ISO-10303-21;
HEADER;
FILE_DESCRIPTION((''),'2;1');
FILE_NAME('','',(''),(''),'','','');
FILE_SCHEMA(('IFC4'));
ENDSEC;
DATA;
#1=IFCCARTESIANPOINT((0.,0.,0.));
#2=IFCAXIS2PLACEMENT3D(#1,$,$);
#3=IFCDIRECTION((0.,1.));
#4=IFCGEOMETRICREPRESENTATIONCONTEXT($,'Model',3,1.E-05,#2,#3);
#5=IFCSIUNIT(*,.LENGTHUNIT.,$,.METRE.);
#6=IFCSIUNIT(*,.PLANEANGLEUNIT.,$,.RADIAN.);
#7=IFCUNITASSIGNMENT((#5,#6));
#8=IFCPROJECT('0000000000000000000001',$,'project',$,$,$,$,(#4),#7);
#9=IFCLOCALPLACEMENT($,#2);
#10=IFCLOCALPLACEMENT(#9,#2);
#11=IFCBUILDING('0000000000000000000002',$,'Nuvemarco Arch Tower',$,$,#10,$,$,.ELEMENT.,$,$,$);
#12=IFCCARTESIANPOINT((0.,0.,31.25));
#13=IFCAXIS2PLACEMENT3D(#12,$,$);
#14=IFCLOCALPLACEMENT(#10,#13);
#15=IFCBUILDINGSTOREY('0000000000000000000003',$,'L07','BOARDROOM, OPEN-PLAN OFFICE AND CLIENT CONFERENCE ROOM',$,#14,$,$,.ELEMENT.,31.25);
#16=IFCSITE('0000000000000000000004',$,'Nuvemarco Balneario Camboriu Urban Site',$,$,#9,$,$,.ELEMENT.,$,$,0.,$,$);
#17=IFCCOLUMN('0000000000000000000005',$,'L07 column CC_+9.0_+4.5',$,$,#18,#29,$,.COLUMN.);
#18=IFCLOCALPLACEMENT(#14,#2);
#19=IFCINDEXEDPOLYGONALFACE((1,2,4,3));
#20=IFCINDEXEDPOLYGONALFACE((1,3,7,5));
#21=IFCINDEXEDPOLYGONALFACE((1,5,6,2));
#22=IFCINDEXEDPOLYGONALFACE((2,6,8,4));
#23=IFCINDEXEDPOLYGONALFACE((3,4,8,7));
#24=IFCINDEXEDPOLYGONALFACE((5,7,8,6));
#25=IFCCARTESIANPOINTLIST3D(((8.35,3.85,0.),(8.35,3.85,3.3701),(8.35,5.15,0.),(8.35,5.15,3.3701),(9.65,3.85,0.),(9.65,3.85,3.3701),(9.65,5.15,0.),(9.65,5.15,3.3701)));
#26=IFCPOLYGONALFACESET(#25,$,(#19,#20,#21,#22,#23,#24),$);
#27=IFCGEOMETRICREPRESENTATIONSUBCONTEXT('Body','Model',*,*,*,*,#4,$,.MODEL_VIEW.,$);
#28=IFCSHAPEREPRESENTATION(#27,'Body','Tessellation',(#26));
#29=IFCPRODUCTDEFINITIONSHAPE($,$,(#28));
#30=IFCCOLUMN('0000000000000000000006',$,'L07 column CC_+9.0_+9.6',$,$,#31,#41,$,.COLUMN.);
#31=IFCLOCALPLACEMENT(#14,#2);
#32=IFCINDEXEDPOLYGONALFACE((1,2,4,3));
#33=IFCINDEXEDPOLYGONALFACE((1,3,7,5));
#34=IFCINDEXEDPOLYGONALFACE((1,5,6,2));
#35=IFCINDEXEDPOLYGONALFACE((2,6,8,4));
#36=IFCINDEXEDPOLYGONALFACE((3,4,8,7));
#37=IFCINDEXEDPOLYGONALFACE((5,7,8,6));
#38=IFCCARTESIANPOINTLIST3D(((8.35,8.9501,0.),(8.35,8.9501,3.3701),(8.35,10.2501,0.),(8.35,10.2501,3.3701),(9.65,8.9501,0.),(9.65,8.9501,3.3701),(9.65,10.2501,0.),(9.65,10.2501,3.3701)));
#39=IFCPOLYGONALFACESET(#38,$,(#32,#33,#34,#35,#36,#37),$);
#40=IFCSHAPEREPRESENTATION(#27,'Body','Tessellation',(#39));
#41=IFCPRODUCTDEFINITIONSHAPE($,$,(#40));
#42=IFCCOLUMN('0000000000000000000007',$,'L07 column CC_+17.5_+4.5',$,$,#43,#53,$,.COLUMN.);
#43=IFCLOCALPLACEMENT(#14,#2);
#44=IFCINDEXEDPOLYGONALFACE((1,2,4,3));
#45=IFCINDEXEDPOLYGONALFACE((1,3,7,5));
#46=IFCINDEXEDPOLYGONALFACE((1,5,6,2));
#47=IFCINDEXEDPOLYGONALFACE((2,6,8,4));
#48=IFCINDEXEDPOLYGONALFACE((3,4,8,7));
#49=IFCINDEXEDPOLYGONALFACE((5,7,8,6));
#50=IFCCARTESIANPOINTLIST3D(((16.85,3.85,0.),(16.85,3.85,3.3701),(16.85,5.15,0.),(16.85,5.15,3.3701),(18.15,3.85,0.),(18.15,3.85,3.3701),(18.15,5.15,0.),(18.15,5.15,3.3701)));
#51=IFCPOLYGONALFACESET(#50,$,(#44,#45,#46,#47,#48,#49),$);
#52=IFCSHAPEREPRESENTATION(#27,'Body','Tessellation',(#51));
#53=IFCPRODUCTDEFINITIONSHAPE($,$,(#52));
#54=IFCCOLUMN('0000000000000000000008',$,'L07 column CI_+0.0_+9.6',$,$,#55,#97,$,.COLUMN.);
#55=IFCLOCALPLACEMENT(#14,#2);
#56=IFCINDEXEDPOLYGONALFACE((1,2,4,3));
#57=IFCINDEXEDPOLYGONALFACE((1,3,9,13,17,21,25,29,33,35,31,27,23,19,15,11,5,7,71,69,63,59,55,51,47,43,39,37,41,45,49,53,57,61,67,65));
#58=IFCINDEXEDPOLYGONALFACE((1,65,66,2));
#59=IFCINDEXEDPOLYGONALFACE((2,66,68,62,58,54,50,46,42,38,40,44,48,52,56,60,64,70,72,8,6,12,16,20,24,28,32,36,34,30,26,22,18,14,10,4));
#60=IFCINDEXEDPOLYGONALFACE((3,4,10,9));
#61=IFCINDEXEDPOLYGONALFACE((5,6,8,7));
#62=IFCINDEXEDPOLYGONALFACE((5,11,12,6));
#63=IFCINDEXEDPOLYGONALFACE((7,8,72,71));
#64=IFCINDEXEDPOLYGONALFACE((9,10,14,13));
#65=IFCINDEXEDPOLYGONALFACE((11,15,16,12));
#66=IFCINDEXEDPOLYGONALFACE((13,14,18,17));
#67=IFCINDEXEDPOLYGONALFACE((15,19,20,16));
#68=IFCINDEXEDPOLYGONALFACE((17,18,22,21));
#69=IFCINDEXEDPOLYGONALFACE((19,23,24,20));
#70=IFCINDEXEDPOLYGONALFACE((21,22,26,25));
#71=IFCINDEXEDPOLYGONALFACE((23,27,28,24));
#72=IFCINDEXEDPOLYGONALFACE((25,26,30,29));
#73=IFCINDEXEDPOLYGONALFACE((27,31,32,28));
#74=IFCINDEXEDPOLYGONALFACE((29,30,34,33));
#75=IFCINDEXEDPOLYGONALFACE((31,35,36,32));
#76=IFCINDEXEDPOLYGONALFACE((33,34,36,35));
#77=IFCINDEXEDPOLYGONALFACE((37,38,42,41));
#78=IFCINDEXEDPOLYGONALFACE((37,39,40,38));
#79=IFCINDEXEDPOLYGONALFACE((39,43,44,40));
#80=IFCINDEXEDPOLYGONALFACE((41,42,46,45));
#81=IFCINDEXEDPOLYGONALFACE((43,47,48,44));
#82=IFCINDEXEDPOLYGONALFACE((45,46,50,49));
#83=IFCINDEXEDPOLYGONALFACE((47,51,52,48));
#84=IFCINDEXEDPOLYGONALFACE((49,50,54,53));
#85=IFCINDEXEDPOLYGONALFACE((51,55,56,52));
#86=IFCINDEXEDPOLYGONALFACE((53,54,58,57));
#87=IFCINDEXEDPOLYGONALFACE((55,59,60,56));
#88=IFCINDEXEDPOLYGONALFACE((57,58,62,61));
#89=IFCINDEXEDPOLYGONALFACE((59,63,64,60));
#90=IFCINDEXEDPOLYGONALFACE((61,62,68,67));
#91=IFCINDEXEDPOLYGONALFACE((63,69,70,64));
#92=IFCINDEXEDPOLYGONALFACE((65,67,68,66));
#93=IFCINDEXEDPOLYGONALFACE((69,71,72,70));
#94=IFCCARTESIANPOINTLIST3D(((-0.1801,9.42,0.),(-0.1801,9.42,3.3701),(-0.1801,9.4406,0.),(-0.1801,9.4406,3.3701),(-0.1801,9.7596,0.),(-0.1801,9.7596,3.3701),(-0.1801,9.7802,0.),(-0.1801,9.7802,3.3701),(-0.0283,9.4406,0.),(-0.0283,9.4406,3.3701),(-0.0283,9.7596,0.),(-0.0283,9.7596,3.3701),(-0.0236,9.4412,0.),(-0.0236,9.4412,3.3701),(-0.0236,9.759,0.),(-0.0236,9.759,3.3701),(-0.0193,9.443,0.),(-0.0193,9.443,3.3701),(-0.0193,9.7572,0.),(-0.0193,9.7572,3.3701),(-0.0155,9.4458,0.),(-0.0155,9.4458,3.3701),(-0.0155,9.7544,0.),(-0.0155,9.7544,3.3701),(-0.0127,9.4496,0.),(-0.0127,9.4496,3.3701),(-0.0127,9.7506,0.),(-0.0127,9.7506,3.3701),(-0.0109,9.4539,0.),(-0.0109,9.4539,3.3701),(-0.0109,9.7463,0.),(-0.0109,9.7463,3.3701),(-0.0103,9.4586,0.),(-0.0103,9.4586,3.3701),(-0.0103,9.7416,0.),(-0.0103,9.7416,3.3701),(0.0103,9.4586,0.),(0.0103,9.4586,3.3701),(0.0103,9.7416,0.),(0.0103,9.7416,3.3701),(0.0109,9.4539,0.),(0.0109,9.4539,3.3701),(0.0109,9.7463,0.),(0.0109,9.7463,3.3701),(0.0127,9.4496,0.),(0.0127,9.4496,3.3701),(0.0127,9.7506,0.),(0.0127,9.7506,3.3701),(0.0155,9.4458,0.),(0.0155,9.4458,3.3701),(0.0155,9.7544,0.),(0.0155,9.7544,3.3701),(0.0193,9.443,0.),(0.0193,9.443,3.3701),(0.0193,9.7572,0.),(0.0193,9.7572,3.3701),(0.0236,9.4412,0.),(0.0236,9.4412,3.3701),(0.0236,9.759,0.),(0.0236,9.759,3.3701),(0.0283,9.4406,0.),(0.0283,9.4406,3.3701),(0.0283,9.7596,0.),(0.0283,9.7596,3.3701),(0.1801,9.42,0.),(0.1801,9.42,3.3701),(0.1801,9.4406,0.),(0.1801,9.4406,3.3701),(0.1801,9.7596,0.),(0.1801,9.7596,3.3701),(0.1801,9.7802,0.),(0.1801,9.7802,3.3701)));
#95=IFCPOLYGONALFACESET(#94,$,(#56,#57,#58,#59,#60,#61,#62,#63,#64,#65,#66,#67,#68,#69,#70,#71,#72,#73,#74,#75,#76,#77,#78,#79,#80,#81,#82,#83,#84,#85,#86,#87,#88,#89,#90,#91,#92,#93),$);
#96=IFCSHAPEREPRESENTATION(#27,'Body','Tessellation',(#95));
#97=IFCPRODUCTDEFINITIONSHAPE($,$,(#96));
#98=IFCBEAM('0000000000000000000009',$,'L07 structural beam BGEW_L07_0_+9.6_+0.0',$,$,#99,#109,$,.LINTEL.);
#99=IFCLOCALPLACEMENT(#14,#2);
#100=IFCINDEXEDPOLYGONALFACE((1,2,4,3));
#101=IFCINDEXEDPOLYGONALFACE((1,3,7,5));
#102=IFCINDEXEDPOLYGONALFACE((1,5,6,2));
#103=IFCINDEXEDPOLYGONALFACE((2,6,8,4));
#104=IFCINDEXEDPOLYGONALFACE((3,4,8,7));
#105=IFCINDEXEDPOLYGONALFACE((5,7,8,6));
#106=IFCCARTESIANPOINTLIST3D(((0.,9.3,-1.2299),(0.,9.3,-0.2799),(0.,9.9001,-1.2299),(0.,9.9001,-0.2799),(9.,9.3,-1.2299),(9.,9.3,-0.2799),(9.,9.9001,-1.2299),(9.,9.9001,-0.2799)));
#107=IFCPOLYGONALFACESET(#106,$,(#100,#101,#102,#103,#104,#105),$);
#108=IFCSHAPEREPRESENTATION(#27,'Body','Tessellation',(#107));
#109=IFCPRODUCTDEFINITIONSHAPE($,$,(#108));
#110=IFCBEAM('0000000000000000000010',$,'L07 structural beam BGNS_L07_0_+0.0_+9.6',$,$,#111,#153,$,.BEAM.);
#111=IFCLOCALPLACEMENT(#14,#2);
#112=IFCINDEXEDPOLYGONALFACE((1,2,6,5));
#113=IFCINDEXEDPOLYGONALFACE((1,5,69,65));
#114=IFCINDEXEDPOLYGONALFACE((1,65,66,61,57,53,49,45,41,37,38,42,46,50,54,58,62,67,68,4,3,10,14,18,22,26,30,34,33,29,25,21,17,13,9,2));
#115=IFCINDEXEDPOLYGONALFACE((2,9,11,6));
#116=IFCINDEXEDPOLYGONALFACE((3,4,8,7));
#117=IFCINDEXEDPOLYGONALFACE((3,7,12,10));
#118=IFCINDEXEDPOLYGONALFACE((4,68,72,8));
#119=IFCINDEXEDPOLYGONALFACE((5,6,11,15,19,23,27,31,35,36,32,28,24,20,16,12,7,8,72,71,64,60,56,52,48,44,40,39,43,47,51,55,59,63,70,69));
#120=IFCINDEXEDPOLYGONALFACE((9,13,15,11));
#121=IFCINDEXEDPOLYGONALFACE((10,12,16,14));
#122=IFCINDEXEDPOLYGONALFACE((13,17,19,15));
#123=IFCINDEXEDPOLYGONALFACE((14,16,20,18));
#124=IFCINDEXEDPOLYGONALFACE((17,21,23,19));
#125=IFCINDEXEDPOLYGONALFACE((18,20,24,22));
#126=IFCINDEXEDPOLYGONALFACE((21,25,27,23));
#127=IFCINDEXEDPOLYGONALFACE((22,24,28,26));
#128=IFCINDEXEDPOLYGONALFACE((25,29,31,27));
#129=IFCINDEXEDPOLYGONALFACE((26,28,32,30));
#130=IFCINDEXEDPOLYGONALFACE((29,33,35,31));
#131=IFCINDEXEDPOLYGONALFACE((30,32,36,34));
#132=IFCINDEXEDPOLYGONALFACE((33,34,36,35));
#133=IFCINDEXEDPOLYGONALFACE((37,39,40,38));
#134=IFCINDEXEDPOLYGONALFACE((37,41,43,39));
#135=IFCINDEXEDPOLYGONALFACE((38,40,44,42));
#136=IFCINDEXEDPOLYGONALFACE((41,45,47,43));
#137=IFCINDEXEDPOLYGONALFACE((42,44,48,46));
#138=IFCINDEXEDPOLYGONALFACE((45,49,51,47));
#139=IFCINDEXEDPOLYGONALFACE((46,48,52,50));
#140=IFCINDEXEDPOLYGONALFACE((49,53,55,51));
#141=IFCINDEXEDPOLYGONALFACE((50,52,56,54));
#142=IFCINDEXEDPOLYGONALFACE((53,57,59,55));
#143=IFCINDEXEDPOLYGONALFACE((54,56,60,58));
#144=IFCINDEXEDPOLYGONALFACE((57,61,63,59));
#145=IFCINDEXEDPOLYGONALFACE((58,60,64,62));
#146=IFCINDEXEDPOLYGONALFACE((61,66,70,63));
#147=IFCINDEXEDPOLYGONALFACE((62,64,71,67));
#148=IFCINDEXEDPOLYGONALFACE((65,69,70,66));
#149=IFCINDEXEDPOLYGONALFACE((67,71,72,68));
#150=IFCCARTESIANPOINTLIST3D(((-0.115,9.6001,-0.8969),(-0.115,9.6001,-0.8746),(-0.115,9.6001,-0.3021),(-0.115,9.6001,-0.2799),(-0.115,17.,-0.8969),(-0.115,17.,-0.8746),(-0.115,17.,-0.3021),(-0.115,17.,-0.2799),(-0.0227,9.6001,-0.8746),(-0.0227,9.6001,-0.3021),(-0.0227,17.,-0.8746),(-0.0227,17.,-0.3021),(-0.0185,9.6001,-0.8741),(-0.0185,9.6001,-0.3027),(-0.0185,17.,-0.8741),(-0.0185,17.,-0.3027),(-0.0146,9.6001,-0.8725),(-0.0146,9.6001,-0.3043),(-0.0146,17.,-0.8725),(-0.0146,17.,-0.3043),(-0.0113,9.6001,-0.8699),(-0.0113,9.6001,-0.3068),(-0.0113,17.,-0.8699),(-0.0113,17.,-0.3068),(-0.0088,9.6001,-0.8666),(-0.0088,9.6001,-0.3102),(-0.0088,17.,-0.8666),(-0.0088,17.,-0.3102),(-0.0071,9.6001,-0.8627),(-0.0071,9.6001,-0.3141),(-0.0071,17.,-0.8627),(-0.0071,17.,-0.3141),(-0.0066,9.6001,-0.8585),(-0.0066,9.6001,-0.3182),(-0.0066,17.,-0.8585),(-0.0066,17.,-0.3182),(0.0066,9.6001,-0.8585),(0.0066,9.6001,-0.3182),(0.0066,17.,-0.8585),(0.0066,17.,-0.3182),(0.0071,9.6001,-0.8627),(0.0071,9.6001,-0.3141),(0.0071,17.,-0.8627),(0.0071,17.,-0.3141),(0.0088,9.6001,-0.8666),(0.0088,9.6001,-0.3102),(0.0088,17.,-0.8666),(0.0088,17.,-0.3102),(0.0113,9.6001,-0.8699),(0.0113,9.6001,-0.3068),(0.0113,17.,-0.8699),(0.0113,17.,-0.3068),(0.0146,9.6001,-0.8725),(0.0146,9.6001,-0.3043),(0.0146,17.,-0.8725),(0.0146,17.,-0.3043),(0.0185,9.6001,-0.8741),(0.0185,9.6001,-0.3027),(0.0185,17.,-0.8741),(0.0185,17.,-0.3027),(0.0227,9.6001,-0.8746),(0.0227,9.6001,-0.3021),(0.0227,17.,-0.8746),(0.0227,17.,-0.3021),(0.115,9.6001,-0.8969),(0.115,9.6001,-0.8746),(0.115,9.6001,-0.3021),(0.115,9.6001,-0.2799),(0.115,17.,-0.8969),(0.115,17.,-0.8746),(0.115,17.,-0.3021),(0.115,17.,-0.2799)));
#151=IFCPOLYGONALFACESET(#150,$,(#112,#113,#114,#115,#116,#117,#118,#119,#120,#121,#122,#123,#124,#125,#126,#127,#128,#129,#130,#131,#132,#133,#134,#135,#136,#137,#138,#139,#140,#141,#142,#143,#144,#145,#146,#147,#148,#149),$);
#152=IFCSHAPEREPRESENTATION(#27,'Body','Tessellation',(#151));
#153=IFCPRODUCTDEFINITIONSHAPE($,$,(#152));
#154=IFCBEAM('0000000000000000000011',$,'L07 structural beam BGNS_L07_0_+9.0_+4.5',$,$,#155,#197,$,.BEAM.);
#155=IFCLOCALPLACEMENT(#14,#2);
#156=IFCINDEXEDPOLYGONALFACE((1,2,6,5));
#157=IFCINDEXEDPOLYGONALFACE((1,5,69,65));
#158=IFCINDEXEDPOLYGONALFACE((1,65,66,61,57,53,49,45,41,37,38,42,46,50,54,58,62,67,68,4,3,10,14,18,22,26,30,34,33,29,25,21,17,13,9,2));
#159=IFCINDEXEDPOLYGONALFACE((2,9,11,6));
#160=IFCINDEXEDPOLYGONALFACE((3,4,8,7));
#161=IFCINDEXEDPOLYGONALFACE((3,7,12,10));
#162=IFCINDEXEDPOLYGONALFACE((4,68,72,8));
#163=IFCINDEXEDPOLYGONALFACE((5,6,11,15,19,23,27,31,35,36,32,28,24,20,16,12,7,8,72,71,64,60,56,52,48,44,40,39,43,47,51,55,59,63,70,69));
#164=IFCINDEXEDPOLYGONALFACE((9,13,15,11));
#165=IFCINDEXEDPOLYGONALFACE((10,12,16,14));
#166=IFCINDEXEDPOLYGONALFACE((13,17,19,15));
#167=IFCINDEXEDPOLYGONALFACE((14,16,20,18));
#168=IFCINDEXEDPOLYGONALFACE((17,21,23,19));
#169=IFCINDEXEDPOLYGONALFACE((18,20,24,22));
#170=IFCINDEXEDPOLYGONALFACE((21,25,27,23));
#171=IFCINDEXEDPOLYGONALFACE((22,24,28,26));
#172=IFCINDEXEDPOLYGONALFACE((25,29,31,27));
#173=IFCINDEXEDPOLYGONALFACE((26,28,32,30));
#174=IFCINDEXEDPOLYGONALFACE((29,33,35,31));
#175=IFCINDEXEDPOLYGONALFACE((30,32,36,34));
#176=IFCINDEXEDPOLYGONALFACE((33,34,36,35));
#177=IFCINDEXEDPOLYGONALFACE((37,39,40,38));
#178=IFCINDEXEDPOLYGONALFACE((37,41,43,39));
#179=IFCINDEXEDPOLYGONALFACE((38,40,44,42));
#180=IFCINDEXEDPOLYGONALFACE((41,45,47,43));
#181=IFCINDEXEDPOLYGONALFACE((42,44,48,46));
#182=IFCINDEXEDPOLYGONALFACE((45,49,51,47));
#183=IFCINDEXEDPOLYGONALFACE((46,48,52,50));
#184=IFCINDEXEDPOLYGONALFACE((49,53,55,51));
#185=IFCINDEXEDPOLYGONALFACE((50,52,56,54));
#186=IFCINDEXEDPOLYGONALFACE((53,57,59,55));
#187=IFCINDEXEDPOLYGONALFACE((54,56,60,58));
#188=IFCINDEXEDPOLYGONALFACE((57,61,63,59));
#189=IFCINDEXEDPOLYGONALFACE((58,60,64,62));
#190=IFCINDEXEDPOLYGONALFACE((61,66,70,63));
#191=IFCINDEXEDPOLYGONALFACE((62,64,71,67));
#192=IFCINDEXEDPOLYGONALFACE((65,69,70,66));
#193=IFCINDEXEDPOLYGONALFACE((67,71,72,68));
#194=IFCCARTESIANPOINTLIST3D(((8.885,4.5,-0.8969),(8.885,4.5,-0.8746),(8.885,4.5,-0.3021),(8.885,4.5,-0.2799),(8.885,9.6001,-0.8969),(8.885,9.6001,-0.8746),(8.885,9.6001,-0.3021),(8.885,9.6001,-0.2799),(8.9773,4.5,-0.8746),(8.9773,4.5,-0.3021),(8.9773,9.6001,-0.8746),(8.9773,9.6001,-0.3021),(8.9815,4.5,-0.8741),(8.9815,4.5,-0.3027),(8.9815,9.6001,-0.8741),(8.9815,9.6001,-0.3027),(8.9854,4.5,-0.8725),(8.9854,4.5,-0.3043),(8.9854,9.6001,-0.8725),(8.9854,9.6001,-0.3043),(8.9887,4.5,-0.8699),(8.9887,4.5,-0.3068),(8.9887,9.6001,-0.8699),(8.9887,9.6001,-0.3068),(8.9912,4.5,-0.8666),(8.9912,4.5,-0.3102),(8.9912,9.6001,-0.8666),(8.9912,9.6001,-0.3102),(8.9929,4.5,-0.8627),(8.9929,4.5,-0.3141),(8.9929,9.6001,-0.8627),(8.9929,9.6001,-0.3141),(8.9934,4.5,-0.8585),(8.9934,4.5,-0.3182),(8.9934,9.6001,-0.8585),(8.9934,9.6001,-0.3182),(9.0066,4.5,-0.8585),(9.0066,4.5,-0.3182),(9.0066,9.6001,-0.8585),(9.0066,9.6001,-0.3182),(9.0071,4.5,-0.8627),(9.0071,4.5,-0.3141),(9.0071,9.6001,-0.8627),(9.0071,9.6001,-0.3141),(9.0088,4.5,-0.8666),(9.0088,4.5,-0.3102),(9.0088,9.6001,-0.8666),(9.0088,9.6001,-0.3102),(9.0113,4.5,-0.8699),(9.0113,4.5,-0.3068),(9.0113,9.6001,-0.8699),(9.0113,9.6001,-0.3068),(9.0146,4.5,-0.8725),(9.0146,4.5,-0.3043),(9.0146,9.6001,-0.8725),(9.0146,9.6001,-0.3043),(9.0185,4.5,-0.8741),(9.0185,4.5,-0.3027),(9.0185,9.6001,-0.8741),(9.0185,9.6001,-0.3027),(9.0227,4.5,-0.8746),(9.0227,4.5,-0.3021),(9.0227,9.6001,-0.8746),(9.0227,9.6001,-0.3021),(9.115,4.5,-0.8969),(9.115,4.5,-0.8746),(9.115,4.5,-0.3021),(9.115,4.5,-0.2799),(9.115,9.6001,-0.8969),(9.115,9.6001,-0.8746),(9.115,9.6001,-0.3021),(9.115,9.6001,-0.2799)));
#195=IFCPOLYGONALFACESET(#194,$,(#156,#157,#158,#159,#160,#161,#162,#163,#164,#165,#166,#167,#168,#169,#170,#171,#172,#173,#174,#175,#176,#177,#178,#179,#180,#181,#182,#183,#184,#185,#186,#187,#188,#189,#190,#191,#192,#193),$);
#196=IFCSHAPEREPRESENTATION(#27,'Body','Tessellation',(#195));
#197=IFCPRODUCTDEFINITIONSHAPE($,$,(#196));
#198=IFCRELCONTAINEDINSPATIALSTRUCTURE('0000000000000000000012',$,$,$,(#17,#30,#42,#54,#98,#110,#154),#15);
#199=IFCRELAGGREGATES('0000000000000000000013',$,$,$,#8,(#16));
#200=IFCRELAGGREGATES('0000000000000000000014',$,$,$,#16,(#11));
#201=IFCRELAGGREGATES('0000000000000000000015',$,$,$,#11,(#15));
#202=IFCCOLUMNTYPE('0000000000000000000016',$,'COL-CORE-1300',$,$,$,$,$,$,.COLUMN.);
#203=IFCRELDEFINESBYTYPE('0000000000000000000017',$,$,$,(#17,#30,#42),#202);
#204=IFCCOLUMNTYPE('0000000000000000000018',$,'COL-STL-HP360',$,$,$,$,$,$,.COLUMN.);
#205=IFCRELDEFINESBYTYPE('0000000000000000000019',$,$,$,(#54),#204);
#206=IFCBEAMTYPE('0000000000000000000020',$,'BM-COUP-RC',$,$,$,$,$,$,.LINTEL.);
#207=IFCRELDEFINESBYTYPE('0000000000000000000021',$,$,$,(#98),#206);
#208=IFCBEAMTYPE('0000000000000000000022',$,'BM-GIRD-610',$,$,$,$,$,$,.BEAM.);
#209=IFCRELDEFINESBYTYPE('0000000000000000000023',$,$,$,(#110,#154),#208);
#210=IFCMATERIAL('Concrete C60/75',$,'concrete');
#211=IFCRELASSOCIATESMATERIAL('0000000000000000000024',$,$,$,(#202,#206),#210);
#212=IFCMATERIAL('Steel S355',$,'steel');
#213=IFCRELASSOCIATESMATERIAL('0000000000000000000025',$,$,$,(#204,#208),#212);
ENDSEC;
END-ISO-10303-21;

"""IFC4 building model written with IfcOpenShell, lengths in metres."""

from ifc_helpers import new_model, si_unit, direction, frame, origin, origin_2d, place, context, subcontext, project, spatial, rectangle, i_section, extrude, material, material_profile, profile_set, type_object, element, save


model = new_model("IFC4")

# Units and contexts
model_context = context("Model", 3, precision=1e-05, world=origin(), true_north=direction((0.0, 1.0)))
body_context = subcontext(model_context, "Body", "Model", "MODEL_VIEW")
ifc_project = project(units=[si_unit("LENGTHUNIT", "METRE"), si_unit("PLANEANGLEUNIT", "RADIAN")], contexts=[model_context])

# Site, building, storey
site_placement = place(None, origin())
site = spatial("IfcSite", under=ifc_project, at=site_placement, Name="Nuvemarco Balneario Camboriu Urban Site", CompositionType="ELEMENT", RefElevation=0.0)
building_placement = place(site_placement, origin())
building = spatial("IfcBuilding", under=site, at=building_placement, Name="Nuvemarco Arch Tower", CompositionType="ELEMENT")
storey_placement = place(building_placement, frame((0.0, 0.0, 31.25)))
storey = spatial("IfcBuildingStorey", under=building, at=storey_placement, Name="L07", Description="BOARDROOM, OPEN-PLAN OFFICE AND CLIENT CONFERENCE ROOM", CompositionType="ELEMENT", Elevation=31.25)

# Columns
ifc_material_1 = material(Name="Concrete C60/75", Category="concrete")
ifc_material_profile_1 = material_profile(ifc_material_1, rectangle(XDim=1.3, YDim=1.3, at=origin_2d()), Name="RC-COL-1300x1300")
ifc_profile_set_1 = profile_set([ifc_material_profile_1], Name="Concrete C60/75")
column_type_1 = type_object("IfcColumnType", Name="COL-CORE-1300", PredefinedType="COLUMN", material=ifc_profile_set_1)
for number, where, z_axis, x_axis, name in (
    (1, (9.0, 4.5, 0.0), (0.0, 0.0, 1.0), (1.0, 0.0, 0.0), "L07 column CC_+9.0_+4.5"),
    (2, (9.0, 9.6001, 0.0), (0.0, 0.0, 1.0), (1.0, 0.0, 0.0), "L07 column CC_+9.0_+9.6"),
    (3, (17.5, 4.5, 0.0), (0.0, 0.0, 1.0), (1.0, 0.0, 0.0), "L07 column CC_+17.5_+4.5"),
):
    element("IfcColumn", number, at=place(storey_placement, frame(where, z_axis=z_axis, x_axis=x_axis)), inside=storey, type_object=column_type_1, Name=name, PredefinedType="COLUMN", context=body_context, shape_type="SweptSolid", body=[
        extrude(rectangle(XDim=1.3, YDim=1.3, at=origin_2d()), origin(), (0.0, 0.0, 1.0), 3.3701),
    ])
ifc_material_2 = material(Name="Steel S355", Category="steel")
ifc_material_profile_2 = material_profile(ifc_material_2, i_section(OverallWidth=0.3601, OverallDepth=0.3601, WebThickness=0.0205, FlangeThickness=0.0205, FilletRadius=0.0181, at=origin_2d()), Name="HP360x174")
ifc_profile_set_2 = profile_set([ifc_material_profile_2], Name="Steel S355")
column_type_2 = type_object("IfcColumnType", Name="COL-STL-HP360", PredefinedType="COLUMN", material=ifc_profile_set_2)
column_placement = place(storey_placement, frame((0.0, 9.6001, 0.0), z_axis=(0.0, 0.0, 1.0), x_axis=(1.0, 0.0, 0.0)))
element("IfcColumn", 4, at=column_placement, inside=storey, type_object=column_type_2, Name="L07 column CI_+0.0_+9.6", PredefinedType="COLUMN", context=body_context, shape_type="SweptSolid", body=[
    extrude(i_section(OverallWidth=0.3601, OverallDepth=0.3601, WebThickness=0.0205, FlangeThickness=0.0205, FilletRadius=0.0181, at=origin_2d()), origin(), (0.0, 0.0, 1.0), 3.3701),
])

# Beams
ifc_material_profile_3 = material_profile(ifc_material_1, rectangle(XDim=0.6001, YDim=0.95, at=origin_2d()), Name="RC-BM-600x950")
ifc_profile_set_3 = profile_set([ifc_material_profile_3], Name="Concrete C60/75")
beam_type_1 = type_object("IfcBeamType", Name="BM-COUP-RC", PredefinedType="LINTEL", material=ifc_profile_set_3)
beam_1_placement = place(storey_placement, frame((0.0, 9.6001, -0.7549), z_axis=(1.0, 0.0, 0.0), x_axis=(0.0, 1.0, 0.0)))
element("IfcBeam", 5, at=beam_1_placement, inside=storey, type_object=beam_type_1, Name="L07 structural beam BGEW_L07_0_+9.6_+0.0", PredefinedType="LINTEL", context=body_context, shape_type="SweptSolid", body=[
    extrude(rectangle(XDim=0.6001, YDim=0.95, at=origin_2d()), origin(), (0.0, 0.0, 1.0), 9.0),
])
ifc_material_profile_4 = material_profile(ifc_material_2, i_section(OverallWidth=0.23, OverallDepth=0.6169, WebThickness=0.0132, FlangeThickness=0.0222, FilletRadius=0.0161, at=origin_2d()), Name="W610x140")
ifc_profile_set_4 = profile_set([ifc_material_profile_4], Name="Steel S355")
beam_type_2 = type_object("IfcBeamType", Name="BM-GIRD-610", PredefinedType="BEAM", material=ifc_profile_set_4)
beam_2_placement = place(storey_placement, frame((0.0, 9.6001, -0.5884), z_axis=(0.0, 1.0, 0.0), x_axis=(-1.0, 0.0, 0.0)))
element("IfcBeam", 6, at=beam_2_placement, inside=storey, type_object=beam_type_2, Name="L07 structural beam BGNS_L07_0_+0.0_+9.6", PredefinedType="BEAM", context=body_context, shape_type="SweptSolid", body=[
    extrude(i_section(OverallWidth=0.23, OverallDepth=0.6169, WebThickness=0.0132, FlangeThickness=0.0222, FilletRadius=0.0161, at=origin_2d()), origin(), (0.0, 0.0, 1.0), 7.3999),
])
for number, where, z_axis, x_axis, name in (
    (7, (9.0, 4.5, -0.5884), (0.0, 1.0, 0.0), (-1.0, 0.0, 0.0), "L07 structural beam BGNS_L07_0_+9.0_+4.5"),
):
    element("IfcBeam", number, at=place(storey_placement, frame(where, z_axis=z_axis, x_axis=x_axis)), inside=storey, type_object=beam_type_2, Name=name, PredefinedType="BEAM", context=body_context, shape_type="SweptSolid", body=[
        extrude(i_section(OverallWidth=0.23, OverallDepth=0.6169, WebThickness=0.0132, FlangeThickness=0.0222, FilletRadius=0.0161, at=origin_2d()), origin(), (0.0, 0.0, 1.0), 5.1001),
    ])

save(model, "model.ifc")
